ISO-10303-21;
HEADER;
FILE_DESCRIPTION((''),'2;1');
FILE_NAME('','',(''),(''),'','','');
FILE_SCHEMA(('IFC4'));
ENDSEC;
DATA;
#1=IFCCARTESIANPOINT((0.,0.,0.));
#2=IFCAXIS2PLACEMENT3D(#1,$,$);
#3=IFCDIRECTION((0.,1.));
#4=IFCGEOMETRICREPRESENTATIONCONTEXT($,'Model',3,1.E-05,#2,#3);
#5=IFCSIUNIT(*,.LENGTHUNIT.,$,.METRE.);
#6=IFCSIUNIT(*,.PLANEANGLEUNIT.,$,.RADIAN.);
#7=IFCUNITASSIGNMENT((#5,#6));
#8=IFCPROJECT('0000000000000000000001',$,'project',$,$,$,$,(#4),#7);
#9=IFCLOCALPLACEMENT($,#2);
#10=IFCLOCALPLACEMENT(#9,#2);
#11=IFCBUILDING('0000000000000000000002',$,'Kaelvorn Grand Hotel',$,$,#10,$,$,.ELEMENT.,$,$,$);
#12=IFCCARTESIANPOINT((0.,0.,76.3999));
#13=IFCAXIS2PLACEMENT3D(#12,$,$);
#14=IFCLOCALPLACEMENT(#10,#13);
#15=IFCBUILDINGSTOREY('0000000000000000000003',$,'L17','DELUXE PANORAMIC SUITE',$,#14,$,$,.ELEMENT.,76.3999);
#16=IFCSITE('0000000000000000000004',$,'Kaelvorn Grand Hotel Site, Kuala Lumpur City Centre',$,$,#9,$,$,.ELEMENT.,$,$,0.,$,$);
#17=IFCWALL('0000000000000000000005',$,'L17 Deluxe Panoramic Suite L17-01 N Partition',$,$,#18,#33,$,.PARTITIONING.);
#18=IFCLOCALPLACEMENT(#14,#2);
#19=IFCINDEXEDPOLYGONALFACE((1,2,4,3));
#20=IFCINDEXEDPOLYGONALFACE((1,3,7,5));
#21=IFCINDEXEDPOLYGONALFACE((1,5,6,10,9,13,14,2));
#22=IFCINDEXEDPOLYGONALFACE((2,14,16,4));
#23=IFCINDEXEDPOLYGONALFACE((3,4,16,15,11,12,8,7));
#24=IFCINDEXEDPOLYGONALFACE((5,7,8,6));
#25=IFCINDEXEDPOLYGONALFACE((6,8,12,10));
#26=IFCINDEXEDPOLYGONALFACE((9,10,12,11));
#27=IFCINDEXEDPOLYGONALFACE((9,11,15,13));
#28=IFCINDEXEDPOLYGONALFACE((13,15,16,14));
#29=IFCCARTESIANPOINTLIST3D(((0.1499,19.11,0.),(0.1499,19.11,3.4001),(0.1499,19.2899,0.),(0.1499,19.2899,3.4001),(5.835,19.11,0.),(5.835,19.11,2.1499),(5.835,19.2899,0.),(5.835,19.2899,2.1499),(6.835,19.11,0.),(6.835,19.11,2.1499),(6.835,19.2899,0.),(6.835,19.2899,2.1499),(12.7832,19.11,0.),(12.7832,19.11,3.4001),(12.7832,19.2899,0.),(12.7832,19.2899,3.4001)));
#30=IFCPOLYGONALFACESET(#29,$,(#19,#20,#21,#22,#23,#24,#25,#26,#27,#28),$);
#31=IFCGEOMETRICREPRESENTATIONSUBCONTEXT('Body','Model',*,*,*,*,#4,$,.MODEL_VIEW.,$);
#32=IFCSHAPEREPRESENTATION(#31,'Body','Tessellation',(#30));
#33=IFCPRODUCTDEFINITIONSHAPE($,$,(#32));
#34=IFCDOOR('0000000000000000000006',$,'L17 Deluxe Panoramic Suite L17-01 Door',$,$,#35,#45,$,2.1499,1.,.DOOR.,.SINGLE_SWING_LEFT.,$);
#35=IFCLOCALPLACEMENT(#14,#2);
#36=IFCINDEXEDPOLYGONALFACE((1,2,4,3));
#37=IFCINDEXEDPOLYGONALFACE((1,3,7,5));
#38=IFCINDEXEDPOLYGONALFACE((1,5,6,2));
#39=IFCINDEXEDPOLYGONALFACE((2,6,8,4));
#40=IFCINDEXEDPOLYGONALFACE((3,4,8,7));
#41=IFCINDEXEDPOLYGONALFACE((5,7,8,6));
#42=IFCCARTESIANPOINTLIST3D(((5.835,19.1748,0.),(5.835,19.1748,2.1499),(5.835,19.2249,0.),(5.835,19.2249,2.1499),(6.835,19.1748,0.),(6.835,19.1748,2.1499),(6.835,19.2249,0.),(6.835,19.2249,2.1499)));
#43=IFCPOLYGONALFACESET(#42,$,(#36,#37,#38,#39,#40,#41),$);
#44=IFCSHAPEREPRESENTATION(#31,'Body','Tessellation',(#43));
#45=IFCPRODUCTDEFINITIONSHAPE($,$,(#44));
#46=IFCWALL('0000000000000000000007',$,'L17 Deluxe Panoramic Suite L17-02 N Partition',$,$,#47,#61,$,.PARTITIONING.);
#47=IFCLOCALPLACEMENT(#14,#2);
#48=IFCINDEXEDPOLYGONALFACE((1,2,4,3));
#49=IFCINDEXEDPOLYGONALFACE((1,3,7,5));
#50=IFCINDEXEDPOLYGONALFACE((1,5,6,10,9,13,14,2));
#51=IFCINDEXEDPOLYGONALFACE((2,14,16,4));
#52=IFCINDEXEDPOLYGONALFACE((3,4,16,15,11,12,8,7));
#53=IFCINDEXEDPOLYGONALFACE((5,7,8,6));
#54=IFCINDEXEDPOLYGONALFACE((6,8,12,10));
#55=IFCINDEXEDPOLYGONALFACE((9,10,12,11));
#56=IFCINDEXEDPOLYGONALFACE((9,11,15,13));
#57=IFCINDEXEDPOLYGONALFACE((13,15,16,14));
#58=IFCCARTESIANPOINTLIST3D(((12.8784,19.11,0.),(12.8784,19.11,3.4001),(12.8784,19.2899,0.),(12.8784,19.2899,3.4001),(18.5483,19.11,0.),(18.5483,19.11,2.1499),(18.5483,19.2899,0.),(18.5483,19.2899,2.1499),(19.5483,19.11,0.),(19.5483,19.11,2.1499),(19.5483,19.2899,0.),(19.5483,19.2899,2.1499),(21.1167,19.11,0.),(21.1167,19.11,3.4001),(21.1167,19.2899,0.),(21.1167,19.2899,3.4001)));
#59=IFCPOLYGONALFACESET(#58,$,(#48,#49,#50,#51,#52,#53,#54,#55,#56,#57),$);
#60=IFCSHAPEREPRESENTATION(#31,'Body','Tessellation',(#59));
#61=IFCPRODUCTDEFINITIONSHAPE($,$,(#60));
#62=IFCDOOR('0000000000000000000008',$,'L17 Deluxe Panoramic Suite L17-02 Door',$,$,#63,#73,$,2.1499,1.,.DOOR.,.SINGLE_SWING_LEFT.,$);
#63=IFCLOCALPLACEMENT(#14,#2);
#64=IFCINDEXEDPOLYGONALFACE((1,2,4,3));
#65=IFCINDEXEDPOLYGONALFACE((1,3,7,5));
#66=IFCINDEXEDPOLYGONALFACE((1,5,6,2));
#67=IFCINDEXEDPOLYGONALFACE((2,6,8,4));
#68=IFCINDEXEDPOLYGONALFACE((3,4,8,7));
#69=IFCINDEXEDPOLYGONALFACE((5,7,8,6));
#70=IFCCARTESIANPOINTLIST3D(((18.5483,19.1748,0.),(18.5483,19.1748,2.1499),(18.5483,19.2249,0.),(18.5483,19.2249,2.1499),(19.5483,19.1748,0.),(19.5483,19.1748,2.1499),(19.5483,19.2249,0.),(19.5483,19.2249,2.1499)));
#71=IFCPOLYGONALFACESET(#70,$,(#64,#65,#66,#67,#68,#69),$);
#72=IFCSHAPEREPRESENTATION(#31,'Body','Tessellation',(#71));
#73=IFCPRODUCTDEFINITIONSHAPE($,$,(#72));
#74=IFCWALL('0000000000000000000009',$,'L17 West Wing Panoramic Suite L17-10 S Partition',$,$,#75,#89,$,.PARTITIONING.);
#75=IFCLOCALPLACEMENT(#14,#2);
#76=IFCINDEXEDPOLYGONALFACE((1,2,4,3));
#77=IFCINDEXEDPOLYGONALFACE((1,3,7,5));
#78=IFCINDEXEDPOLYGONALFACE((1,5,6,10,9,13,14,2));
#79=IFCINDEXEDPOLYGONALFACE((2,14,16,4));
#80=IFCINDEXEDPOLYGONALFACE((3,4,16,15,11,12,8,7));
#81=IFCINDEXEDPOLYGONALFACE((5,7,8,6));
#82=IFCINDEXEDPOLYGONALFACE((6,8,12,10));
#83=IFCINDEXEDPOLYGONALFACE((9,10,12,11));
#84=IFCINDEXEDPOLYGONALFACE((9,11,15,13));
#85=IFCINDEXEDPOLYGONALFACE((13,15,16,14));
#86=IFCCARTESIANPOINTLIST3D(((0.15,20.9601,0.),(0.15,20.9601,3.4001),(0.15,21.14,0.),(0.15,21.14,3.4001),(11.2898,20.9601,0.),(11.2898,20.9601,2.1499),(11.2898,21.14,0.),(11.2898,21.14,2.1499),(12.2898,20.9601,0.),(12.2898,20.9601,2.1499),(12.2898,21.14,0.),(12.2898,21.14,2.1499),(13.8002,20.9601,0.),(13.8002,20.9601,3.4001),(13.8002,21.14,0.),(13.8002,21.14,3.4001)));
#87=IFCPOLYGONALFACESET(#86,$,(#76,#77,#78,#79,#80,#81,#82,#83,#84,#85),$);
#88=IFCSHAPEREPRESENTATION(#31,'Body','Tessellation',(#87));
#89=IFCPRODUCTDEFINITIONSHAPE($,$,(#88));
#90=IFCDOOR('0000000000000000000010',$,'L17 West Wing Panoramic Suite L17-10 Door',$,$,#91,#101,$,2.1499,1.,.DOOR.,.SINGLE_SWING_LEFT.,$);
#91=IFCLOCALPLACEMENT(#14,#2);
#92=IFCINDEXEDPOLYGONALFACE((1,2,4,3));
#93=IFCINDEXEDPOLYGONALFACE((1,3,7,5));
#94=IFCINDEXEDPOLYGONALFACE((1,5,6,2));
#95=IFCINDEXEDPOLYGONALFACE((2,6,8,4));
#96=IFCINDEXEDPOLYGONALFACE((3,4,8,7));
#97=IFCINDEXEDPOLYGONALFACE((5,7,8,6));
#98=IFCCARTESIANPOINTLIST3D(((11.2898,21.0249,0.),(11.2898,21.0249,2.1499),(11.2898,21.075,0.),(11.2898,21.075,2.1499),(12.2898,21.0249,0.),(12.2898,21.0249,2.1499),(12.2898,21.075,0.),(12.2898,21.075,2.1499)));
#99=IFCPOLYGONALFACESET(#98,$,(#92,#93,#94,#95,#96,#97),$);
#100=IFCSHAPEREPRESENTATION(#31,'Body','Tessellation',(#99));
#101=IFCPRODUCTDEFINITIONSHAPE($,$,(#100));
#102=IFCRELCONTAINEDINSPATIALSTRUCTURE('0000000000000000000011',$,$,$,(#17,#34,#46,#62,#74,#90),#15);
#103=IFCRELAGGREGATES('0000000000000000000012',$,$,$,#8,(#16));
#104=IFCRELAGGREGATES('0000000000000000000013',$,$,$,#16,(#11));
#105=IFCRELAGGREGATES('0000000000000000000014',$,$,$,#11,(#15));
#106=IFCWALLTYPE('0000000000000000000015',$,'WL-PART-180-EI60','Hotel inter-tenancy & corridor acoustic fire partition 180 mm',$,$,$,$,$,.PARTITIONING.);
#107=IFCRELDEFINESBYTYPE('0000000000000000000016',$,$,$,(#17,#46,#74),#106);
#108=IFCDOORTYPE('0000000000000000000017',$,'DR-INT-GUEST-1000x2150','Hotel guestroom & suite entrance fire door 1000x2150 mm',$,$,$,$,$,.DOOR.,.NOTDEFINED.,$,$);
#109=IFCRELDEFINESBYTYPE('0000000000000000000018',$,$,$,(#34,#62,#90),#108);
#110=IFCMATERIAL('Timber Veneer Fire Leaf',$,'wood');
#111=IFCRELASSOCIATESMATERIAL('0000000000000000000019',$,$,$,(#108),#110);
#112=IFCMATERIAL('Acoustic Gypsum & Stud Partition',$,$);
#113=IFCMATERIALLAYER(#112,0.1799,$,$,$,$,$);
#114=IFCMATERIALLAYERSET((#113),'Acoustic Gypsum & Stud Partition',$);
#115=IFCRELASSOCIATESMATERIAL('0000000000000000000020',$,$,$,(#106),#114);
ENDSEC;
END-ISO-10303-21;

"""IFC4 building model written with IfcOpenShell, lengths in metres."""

from ifc_helpers import new_model, si_unit, direction, frame, frame_2d, origin, place, context, subcontext, project, spatial, rectangle, extrude, material, layer, layer_set, type_object, element, fill, save


model = new_model("IFC4")

# Units and contexts
model_context = context("Model", 3, precision=1e-05, world=origin(), true_north=direction((0.0, 1.0)))
body_context = subcontext(model_context, "Body", "Model", "MODEL_VIEW")
ifc_project = project(units=[si_unit("LENGTHUNIT", "METRE"), si_unit("PLANEANGLEUNIT", "RADIAN")], contexts=[model_context])

# Site, building, storey
site_placement = place(None, origin())
site = spatial("IfcSite", under=ifc_project, at=site_placement, Name="Kaelvorn Grand Hotel Site, Kuala Lumpur City Centre", CompositionType="ELEMENT", RefElevation=0.0)
building_placement = place(site_placement, origin())
building = spatial("IfcBuilding", under=site, at=building_placement, Name="Kaelvorn Grand Hotel", CompositionType="ELEMENT")
storey_placement = place(building_placement, frame((0.0, 0.0, 76.3999)))
storey = spatial("IfcBuildingStorey", under=building, at=storey_placement, Name="L17", Description="DELUXE PANORAMIC SUITE", CompositionType="ELEMENT", Elevation=76.3999)

# Shared definitions
ifc_material_1 = material(Name="Acoustic Gypsum & Stud Partition")
ifc_material_2 = material(Name="Timber Veneer Fire Leaf", Category="wood")
door_type_1 = type_object("IfcDoorType", Name="DR-INT-GUEST-1000x2150", Description="Hotel guestroom & suite entrance fire door 1000x2150 mm", OperationType="NOTDEFINED", PredefinedType="DOOR", material=ifc_material_2)

# Walls, openings, doors
ifc_layer_1 = layer(ifc_material_1, 0.1799)
ifc_layer_set_1 = layer_set([ifc_layer_1], Name="Acoustic Gypsum & Stud Partition")
wall_type_1 = type_object("IfcWallType", Name="WL-PART-180-EI60", Description="Hotel inter-tenancy & corridor acoustic fire partition 180 mm", PredefinedType="PARTITIONING", material=ifc_layer_set_1)
wall_1_placement = place(storey_placement, frame((0.1499, 19.2, 0.0), z_axis=(0.0, 0.0, 1.0), x_axis=(1.0, 0.0, 0.0)))
wall_1 = element("IfcWall", 1, at=wall_1_placement, inside=storey, type_object=wall_type_1, Name="L17 Deluxe Panoramic Suite L17-01 N Partition", PredefinedType="PARTITIONING", context=body_context, shape_type="SweptSolid", body=[
    extrude(rectangle(XDim=12.6333, YDim=0.1799, at=frame_2d((6.3167, 0.0))), origin(), (0.0, 0.0, 1.0), 3.4001),
])
opening_1_placement = place(wall_1_placement, frame((5.6851, 0.0, 0.0)))
opening_1 = element("IfcOpeningElement", 2, at=opening_1_placement, cuts=wall_1, PredefinedType="OPENING", context=body_context, shape_type="SweptSolid", body=[
    extrude(rectangle(XDim=1.0, YDim=2.1499, at=frame_2d((0.5, 1.075))), frame((0.0, 0.1001, 0.0), z_axis=(0.0, -1.0, 0.0), x_axis=(1.0, 0.0, 0.0)), (0.0, 0.0, 1.0), 0.2),
])
door_1_placement = place(opening_1_placement, origin())
door_1 = element("IfcDoor", 3, at=door_1_placement, inside=storey, type_object=door_type_1, Name="L17 Deluxe Panoramic Suite L17-01 Door", OperationType="SINGLE_SWING_LEFT", OverallHeight=2.1499, OverallWidth=1.0, PredefinedType="DOOR", context=body_context, shape_type="SweptSolid", body=[
    extrude(rectangle(XDim=1.0, YDim=2.1499, at=frame_2d((0.5, 1.075))), frame((0.0, 0.0249, 0.0), z_axis=(0.0, -1.0, 0.0), x_axis=(1.0, 0.0, 0.0)), (0.0, 0.0, 1.0), 0.05),
])
fill(opening_1, door_1)
wall_2_placement = place(storey_placement, frame((12.8784, 19.2, 0.0), z_axis=(0.0, 0.0, 1.0), x_axis=(1.0, 0.0, 0.0)))
wall_2 = element("IfcWall", 4, at=wall_2_placement, inside=storey, type_object=wall_type_1, Name="L17 Deluxe Panoramic Suite L17-02 N Partition", PredefinedType="PARTITIONING", context=body_context, shape_type="SweptSolid", body=[
    extrude(rectangle(XDim=8.2383, YDim=0.1799, at=frame_2d((4.1191, 0.0))), origin(), (0.0, 0.0, 1.0), 3.4001),
])
opening_2_placement = place(wall_2_placement, frame((5.6699, 0.0, 0.0)))
opening_2 = element("IfcOpeningElement", 5, at=opening_2_placement, cuts=wall_2, PredefinedType="OPENING", context=body_context, shape_type="SweptSolid", body=[
    extrude(rectangle(XDim=1.0, YDim=2.1499, at=frame_2d((0.5, 1.075))), frame((0.0, 0.1001, 0.0), z_axis=(0.0, -1.0, 0.0), x_axis=(1.0, 0.0, 0.0)), (0.0, 0.0, 1.0), 0.2),
])
door_2_placement = place(opening_2_placement, origin())
door_2 = element("IfcDoor", 6, at=door_2_placement, inside=storey, type_object=door_type_1, Name="L17 Deluxe Panoramic Suite L17-02 Door", OperationType="SINGLE_SWING_LEFT", OverallHeight=2.1499, OverallWidth=1.0, PredefinedType="DOOR", context=body_context, shape_type="SweptSolid", body=[
    extrude(rectangle(XDim=1.0, YDim=2.1499, at=frame_2d((0.5, 1.075))), frame((0.0, 0.0249, 0.0), z_axis=(0.0, -1.0, 0.0), x_axis=(1.0, 0.0, 0.0)), (0.0, 0.0, 1.0), 0.05),
])
fill(opening_2, door_2)
wall_3_placement = place(storey_placement, frame((0.1499, 21.05, 0.0), z_axis=(0.0, 0.0, 1.0), x_axis=(1.0, 0.0, 0.0)))
wall_3 = element("IfcWall", 7, at=wall_3_placement, inside=storey, type_object=wall_type_1, Name="L17 West Wing Panoramic Suite L17-10 S Partition", PredefinedType="PARTITIONING", context=body_context, shape_type="SweptSolid", body=[
    extrude(rectangle(XDim=13.6501, YDim=0.1799, at=frame_2d((6.8252, 0.0))), origin(), (0.0, 0.0, 1.0), 3.4001),
])
opening_3_placement = place(wall_3_placement, frame((11.1399, 0.0, 0.0)))
opening_3 = element("IfcOpeningElement", 8, at=opening_3_placement, cuts=wall_3, PredefinedType="OPENING", context=body_context, shape_type="SweptSolid", body=[
    extrude(rectangle(XDim=1.0, YDim=2.1499, at=frame_2d((0.5, 1.075))), frame((0.0, 0.1001, 0.0), z_axis=(0.0, -1.0, 0.0), x_axis=(1.0, 0.0, 0.0)), (0.0, 0.0, 1.0), 0.2),
])
door_3_placement = place(opening_3_placement, origin())
door_3 = element("IfcDoor", 9, at=door_3_placement, inside=storey, type_object=door_type_1, Name="L17 West Wing Panoramic Suite L17-10 Door", OperationType="SINGLE_SWING_LEFT", OverallHeight=2.1499, OverallWidth=1.0, PredefinedType="DOOR", context=body_context, shape_type="SweptSolid", body=[
    extrude(rectangle(XDim=1.0, YDim=2.1499, at=frame_2d((0.5, 1.075))), frame((0.0, 0.0249, 0.0), z_axis=(0.0, -1.0, 0.0), x_axis=(1.0, 0.0, 0.0)), (0.0, 0.0, 1.0), 0.05),
])
fill(opening_3, door_3)

save(model, "model.ifc")
